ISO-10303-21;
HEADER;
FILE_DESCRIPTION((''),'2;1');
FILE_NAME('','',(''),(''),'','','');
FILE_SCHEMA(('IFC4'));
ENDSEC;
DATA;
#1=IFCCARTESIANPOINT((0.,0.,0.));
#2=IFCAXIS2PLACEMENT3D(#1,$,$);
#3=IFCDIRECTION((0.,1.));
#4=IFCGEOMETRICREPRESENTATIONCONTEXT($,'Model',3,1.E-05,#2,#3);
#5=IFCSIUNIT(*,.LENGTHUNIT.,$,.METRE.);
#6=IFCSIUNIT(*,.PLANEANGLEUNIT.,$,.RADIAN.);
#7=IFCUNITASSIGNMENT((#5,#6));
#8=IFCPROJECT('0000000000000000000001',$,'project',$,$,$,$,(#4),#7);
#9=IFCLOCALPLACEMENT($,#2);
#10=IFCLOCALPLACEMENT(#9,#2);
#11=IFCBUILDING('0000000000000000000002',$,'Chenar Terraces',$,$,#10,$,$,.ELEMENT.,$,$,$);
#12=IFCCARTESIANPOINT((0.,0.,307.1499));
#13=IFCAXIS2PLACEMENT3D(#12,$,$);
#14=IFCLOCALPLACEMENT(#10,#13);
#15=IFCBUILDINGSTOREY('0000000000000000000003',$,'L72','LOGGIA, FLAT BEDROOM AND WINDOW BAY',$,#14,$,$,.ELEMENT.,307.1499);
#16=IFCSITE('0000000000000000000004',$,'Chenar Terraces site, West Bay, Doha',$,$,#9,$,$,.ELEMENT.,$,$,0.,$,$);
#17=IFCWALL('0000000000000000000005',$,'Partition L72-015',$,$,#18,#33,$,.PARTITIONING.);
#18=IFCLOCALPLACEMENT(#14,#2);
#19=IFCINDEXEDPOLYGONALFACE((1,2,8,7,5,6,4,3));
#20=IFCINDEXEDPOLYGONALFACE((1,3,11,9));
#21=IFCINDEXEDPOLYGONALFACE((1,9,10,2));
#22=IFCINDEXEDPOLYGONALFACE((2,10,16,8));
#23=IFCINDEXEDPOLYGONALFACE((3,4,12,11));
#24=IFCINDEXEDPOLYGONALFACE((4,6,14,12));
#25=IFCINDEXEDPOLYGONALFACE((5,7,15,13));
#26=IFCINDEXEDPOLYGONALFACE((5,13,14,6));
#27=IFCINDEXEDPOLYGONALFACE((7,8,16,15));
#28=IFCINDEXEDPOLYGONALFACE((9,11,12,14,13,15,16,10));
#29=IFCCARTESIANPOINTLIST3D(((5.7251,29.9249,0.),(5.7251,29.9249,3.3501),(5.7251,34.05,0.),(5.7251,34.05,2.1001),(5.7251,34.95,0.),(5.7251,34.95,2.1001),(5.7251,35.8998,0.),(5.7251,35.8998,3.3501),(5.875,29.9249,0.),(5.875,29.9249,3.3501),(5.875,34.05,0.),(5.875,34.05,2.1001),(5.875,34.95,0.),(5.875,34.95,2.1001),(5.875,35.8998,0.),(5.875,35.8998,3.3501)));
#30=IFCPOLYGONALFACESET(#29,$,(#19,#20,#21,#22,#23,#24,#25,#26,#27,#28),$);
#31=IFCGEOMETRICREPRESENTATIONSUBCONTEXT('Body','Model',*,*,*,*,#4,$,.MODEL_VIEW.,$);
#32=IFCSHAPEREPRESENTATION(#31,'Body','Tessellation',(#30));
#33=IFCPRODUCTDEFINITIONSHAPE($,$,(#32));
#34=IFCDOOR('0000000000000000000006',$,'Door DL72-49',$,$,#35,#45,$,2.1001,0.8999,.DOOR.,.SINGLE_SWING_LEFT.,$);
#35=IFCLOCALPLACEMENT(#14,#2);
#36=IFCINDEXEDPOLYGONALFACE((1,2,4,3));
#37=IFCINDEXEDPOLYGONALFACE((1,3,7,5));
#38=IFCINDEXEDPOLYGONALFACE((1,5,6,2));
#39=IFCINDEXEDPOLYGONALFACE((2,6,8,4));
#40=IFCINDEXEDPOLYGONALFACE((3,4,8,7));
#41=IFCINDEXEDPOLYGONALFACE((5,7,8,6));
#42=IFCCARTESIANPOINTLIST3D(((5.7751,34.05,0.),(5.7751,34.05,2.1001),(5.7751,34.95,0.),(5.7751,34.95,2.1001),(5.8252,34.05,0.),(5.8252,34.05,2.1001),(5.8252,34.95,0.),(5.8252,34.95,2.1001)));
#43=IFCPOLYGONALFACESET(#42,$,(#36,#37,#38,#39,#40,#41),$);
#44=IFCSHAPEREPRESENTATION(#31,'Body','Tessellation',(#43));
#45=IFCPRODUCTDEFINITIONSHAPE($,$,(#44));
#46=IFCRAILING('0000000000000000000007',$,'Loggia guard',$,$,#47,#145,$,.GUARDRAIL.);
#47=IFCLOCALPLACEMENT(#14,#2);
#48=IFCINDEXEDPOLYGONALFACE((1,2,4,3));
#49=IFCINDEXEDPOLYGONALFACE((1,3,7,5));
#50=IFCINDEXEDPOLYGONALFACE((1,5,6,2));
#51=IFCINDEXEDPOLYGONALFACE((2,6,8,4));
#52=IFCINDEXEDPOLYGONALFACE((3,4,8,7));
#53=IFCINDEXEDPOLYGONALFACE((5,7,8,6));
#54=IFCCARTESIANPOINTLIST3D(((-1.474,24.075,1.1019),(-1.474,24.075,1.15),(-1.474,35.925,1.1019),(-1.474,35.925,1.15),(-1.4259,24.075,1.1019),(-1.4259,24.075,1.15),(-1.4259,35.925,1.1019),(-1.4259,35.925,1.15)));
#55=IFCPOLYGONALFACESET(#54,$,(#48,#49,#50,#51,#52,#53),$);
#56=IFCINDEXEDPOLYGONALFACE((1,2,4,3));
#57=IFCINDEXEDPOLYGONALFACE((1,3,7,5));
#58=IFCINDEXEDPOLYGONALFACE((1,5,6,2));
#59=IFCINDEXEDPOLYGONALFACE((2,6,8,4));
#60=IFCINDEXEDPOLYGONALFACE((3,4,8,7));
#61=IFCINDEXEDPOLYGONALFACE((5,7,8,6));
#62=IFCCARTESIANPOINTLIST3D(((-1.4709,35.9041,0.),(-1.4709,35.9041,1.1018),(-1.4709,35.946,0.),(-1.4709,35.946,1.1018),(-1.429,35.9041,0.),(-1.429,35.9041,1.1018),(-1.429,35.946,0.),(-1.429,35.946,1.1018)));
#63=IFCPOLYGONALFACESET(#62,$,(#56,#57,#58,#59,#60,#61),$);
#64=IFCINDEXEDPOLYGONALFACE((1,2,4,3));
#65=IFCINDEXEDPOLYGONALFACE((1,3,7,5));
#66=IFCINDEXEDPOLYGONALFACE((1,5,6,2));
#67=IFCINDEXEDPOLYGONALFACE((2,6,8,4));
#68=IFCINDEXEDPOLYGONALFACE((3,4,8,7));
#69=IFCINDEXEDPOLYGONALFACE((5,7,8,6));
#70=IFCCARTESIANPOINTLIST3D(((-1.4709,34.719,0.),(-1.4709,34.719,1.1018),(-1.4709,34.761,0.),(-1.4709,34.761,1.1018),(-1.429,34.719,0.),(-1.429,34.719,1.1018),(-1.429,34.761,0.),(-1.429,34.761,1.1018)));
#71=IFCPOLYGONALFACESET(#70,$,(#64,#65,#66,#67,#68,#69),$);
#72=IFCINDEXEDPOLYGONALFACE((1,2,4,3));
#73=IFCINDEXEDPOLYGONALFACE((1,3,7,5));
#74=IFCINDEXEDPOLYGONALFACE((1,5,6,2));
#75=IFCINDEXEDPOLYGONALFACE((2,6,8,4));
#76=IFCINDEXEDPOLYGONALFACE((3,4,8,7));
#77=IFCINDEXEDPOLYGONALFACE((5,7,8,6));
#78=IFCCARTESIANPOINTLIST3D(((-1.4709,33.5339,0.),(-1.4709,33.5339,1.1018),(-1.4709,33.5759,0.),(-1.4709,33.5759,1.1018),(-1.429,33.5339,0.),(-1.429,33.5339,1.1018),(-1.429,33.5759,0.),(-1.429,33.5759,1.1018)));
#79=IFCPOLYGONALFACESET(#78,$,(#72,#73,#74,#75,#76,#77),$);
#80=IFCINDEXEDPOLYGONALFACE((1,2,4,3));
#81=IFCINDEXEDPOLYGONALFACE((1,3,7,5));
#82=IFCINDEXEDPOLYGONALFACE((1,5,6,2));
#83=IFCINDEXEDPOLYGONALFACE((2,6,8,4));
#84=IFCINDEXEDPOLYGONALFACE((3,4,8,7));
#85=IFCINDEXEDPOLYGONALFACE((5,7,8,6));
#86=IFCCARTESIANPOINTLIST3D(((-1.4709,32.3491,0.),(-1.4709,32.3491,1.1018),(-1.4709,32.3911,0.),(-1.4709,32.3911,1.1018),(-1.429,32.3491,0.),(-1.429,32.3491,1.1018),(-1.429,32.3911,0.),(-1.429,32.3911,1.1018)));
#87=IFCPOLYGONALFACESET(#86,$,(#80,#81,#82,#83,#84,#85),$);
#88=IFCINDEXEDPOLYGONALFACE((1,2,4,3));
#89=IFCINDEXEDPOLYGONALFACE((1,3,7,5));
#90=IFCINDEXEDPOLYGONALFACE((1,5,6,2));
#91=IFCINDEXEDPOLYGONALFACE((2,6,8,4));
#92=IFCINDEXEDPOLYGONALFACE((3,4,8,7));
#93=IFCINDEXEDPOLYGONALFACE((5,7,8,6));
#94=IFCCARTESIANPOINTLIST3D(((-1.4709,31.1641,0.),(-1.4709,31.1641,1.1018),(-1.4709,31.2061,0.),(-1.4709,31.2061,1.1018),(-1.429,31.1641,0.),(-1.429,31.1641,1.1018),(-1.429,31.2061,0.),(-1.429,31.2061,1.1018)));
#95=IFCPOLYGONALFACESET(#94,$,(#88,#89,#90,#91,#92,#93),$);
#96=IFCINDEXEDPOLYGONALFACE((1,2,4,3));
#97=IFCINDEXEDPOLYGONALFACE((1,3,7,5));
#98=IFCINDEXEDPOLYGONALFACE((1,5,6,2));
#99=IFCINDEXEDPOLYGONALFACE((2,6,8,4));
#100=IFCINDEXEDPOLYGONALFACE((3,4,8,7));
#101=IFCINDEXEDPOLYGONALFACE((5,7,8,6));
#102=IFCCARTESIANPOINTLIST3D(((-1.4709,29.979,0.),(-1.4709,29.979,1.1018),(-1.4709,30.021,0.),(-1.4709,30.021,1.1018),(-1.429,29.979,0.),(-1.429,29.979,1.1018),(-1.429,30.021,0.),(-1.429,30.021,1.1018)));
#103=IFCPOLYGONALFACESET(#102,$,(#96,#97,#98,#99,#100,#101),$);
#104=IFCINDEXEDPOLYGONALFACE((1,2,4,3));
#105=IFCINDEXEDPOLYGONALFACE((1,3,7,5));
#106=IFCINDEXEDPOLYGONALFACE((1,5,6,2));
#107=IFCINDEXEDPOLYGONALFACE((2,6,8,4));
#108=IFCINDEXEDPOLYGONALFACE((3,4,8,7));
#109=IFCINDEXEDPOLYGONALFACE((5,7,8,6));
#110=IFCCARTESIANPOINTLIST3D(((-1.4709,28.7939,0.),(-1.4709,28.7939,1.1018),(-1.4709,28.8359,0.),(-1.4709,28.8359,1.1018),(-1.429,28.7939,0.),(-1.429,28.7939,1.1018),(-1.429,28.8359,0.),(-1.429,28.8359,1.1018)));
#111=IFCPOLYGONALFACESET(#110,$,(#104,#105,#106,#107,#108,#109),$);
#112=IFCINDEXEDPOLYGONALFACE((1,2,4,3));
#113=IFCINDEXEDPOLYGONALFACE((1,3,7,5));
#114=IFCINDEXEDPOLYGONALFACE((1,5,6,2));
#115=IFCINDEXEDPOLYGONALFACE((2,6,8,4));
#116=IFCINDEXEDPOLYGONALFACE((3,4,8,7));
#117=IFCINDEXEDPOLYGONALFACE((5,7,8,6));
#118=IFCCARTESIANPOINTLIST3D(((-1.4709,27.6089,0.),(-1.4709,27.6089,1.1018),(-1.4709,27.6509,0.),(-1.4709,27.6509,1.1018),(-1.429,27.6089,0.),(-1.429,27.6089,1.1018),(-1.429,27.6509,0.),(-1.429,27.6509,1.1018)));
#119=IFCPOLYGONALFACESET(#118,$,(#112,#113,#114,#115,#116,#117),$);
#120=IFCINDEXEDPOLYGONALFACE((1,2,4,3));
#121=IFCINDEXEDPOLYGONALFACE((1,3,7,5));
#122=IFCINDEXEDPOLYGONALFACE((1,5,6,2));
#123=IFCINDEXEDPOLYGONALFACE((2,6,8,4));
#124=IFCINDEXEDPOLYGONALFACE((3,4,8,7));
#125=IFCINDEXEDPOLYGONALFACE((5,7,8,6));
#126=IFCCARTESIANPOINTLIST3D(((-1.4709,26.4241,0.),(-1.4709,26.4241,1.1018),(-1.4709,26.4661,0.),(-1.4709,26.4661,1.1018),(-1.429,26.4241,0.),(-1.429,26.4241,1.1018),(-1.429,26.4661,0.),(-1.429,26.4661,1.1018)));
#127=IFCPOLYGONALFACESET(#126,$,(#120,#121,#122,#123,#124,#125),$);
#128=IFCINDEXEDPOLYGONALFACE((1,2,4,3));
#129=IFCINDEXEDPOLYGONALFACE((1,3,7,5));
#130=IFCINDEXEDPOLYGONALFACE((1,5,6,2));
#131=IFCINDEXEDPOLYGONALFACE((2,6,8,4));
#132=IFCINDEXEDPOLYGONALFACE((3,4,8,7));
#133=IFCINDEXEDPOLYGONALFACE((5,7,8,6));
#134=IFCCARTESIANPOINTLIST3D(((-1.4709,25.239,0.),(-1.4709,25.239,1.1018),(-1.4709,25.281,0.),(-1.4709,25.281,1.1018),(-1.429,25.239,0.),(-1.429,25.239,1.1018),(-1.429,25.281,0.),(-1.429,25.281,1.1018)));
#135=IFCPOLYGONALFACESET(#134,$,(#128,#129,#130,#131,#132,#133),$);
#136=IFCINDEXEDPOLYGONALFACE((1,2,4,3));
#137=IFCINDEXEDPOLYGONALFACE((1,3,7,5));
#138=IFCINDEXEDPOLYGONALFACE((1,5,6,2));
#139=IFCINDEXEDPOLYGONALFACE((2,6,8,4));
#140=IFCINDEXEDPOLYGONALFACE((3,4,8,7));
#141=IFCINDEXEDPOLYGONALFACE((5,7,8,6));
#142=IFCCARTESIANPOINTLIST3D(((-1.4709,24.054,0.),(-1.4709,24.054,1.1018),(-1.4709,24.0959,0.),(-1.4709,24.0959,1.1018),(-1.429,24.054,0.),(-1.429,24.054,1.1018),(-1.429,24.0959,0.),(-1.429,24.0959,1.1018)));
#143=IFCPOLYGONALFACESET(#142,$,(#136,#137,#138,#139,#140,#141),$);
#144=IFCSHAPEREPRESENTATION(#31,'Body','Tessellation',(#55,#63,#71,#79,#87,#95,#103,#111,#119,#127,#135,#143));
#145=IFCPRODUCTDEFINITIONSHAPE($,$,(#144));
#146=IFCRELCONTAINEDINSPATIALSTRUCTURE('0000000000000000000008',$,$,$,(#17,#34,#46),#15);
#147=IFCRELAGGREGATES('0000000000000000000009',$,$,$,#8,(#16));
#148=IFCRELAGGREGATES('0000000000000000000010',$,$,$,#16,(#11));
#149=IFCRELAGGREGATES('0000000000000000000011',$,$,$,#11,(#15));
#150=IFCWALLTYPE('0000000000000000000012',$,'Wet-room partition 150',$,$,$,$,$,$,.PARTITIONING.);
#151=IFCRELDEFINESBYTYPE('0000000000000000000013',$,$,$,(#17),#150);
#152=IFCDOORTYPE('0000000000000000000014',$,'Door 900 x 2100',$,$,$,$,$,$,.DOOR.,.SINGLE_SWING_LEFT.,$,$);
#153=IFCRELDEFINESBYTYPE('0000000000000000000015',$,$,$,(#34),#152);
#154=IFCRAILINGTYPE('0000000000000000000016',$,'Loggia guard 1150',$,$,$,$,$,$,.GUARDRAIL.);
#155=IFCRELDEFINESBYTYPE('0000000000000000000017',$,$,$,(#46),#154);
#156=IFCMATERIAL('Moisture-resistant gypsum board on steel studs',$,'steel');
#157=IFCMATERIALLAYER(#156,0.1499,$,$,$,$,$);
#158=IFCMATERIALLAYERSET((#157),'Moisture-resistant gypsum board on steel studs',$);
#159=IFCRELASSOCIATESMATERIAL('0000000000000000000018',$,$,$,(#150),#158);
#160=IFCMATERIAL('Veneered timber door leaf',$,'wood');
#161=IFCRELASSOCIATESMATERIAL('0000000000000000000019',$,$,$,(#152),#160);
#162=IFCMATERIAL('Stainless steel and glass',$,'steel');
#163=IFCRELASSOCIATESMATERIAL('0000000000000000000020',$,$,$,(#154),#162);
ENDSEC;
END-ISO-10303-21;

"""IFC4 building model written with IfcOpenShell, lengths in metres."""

from ifc_helpers import new_model, si_unit, direction, frame, frame_2d, origin, origin_2d, place, context, subcontext, project, spatial, rectangle, extrude, material, layer, layer_set, type_object, element, fill, save


model = new_model("IFC4")

# Units and contexts
model_context = context("Model", 3, precision=1e-05, world=origin(), true_north=direction((0.0, 1.0)))
body_context = subcontext(model_context, "Body", "Model", "MODEL_VIEW")
ifc_project = project(units=[si_unit("LENGTHUNIT", "METRE"), si_unit("PLANEANGLEUNIT", "RADIAN")], contexts=[model_context])

# Site, building, storey
site_placement = place(None, origin())
site = spatial("IfcSite", under=ifc_project, at=site_placement, Name="Chenar Terraces site, West Bay, Doha", CompositionType="ELEMENT", RefElevation=0.0)
building_placement = place(site_placement, origin())
building = spatial("IfcBuilding", under=site, at=building_placement, Name="Chenar Terraces", CompositionType="ELEMENT")
storey_placement = place(building_placement, frame((0.0, 0.0, 307.1499)))
storey = spatial("IfcBuildingStorey", under=building, at=storey_placement, Name="L72", Description="LOGGIA, FLAT BEDROOM AND WINDOW BAY", CompositionType="ELEMENT", Elevation=307.1499)

# Shared definitions
ifc_material_1 = material(Name="Moisture-resistant gypsum board on steel studs", Category="steel")
ifc_layer_1 = layer(ifc_material_1, 0.1499)
ifc_layer_set_1 = layer_set([ifc_layer_1], Name="Moisture-resistant gypsum board on steel studs")
wall_type_1 = type_object("IfcWallType", Name="Wet-room partition 150", PredefinedType="PARTITIONING", material=ifc_layer_set_1)

# Wall, opening, door
wall_1_placement = place(storey_placement, frame((5.8, 29.925, 0.0), z_axis=(0.0, 0.0, 1.0), x_axis=(0.0, 1.0, 0.0)))
wall_1 = element("IfcWall", 1, at=wall_1_placement, inside=storey, type_object=wall_type_1, Name="Partition L72-015", PredefinedType="PARTITIONING", context=body_context, shape_type="SweptSolid", body=[
    extrude(rectangle(XDim=5.9749, YDim=0.1499, at=frame_2d((2.9873, 0.0))), origin(), (0.0, 0.0, 1.0), 3.3501),
])
opening_1_placement = place(wall_1_placement, frame((4.125, 0.0, 0.0)))
opening_1 = element("IfcOpeningElement", 2, at=opening_1_placement, cuts=wall_1, PredefinedType="OPENING", context=body_context, shape_type="SweptSolid", body=[
    extrude(rectangle(XDim=0.8999, YDim=2.1001, at=frame_2d((0.45, 1.05))), frame((0.0, 0.085, 0.0), z_axis=(0.0, -1.0, 0.0), x_axis=(1.0, 0.0, 0.0)), (0.0, 0.0, 1.0), 0.1699),
])
ifc_material_2 = material(Name="Veneered timber door leaf", Category="wood")
door_type_1 = type_object("IfcDoorType", Name="Door 900 x 2100", OperationType="SINGLE_SWING_LEFT", PredefinedType="DOOR", material=ifc_material_2)
door_1_placement = place(opening_1_placement, origin())
door_1 = element("IfcDoor", 3, at=door_1_placement, inside=storey, type_object=door_type_1, Name="Door DL72-49", OperationType="SINGLE_SWING_LEFT", OverallHeight=2.1001, OverallWidth=0.8999, PredefinedType="DOOR", context=body_context, shape_type="SweptSolid", body=[
    extrude(rectangle(XDim=0.8999, YDim=2.1001, at=frame_2d((0.45, 1.05))), frame((0.0, 0.0249, 0.0), z_axis=(0.0, -1.0, 0.0), x_axis=(1.0, 0.0, 0.0)), (0.0, 0.0, 1.0), 0.05),
])
fill(opening_1, door_1)

# Railing
ifc_material_3 = material(Name="Stainless steel and glass", Category="steel")
railing_type = type_object("IfcRailingType", Name="Loggia guard 1150", PredefinedType="GUARDRAIL", material=ifc_material_3)
railing_placement = place(storey_placement, frame((-1.45, 35.925, 0.0)))
element("IfcRailing", 4, at=railing_placement, inside=storey, type_object=railing_type, Name="Loggia guard", PredefinedType="GUARDRAIL", context=body_context, shape_type="SweptSolid", body=[
    extrude(rectangle(XDim=0.0481, YDim=0.0481, at=origin_2d()), frame((0.0, 0.0, 1.126), z_axis=(0.0, -1.0, 0.0), x_axis=(1.0, 0.0, 0.0)), (0.0, 0.0, 1.0), 11.8501),
    extrude(rectangle(XDim=0.042, YDim=0.042, at=origin_2d()), origin(), (0.0, 0.0, 1.0), 1.1018),
    extrude(rectangle(XDim=0.042, YDim=0.042, at=origin_2d()), frame((0.0, -1.1851, 0.0)), (0.0, 0.0, 1.0), 1.1018),
    extrude(rectangle(XDim=0.042, YDim=0.042, at=origin_2d()), frame((0.0, -2.3701, 0.0)), (0.0, 0.0, 1.0), 1.1018),
    extrude(rectangle(XDim=0.042, YDim=0.042, at=origin_2d()), frame((0.0, -3.5549, 0.0)), (0.0, 0.0, 1.0), 1.1018),
    extrude(rectangle(XDim=0.042, YDim=0.042, at=origin_2d()), frame((0.0, -4.74, 0.0)), (0.0, 0.0, 1.0), 1.1018),
    extrude(rectangle(XDim=0.042, YDim=0.042, at=origin_2d()), frame((0.0, -5.925, 0.0)), (0.0, 0.0, 1.0), 1.1018),
    extrude(rectangle(XDim=0.042, YDim=0.042, at=origin_2d()), frame((0.0, -7.1101, 0.0)), (0.0, 0.0, 1.0), 1.1018),
    extrude(rectangle(XDim=0.042, YDim=0.042, at=origin_2d()), frame((0.0, -8.2952, 0.0)), (0.0, 0.0, 1.0), 1.1018),
    extrude(rectangle(XDim=0.042, YDim=0.042, at=origin_2d()), frame((0.0, -9.48, 0.0)), (0.0, 0.0, 1.0), 1.1018),
    extrude(rectangle(XDim=0.042, YDim=0.042, at=origin_2d()), frame((0.0, -10.665, 0.0)), (0.0, 0.0, 1.0), 1.1018),
    extrude(rectangle(XDim=0.042, YDim=0.042, at=origin_2d()), frame((0.0, -11.8501, 0.0)), (0.0, 0.0, 1.0), 1.1018),
])

save(model, "model.ifc")
